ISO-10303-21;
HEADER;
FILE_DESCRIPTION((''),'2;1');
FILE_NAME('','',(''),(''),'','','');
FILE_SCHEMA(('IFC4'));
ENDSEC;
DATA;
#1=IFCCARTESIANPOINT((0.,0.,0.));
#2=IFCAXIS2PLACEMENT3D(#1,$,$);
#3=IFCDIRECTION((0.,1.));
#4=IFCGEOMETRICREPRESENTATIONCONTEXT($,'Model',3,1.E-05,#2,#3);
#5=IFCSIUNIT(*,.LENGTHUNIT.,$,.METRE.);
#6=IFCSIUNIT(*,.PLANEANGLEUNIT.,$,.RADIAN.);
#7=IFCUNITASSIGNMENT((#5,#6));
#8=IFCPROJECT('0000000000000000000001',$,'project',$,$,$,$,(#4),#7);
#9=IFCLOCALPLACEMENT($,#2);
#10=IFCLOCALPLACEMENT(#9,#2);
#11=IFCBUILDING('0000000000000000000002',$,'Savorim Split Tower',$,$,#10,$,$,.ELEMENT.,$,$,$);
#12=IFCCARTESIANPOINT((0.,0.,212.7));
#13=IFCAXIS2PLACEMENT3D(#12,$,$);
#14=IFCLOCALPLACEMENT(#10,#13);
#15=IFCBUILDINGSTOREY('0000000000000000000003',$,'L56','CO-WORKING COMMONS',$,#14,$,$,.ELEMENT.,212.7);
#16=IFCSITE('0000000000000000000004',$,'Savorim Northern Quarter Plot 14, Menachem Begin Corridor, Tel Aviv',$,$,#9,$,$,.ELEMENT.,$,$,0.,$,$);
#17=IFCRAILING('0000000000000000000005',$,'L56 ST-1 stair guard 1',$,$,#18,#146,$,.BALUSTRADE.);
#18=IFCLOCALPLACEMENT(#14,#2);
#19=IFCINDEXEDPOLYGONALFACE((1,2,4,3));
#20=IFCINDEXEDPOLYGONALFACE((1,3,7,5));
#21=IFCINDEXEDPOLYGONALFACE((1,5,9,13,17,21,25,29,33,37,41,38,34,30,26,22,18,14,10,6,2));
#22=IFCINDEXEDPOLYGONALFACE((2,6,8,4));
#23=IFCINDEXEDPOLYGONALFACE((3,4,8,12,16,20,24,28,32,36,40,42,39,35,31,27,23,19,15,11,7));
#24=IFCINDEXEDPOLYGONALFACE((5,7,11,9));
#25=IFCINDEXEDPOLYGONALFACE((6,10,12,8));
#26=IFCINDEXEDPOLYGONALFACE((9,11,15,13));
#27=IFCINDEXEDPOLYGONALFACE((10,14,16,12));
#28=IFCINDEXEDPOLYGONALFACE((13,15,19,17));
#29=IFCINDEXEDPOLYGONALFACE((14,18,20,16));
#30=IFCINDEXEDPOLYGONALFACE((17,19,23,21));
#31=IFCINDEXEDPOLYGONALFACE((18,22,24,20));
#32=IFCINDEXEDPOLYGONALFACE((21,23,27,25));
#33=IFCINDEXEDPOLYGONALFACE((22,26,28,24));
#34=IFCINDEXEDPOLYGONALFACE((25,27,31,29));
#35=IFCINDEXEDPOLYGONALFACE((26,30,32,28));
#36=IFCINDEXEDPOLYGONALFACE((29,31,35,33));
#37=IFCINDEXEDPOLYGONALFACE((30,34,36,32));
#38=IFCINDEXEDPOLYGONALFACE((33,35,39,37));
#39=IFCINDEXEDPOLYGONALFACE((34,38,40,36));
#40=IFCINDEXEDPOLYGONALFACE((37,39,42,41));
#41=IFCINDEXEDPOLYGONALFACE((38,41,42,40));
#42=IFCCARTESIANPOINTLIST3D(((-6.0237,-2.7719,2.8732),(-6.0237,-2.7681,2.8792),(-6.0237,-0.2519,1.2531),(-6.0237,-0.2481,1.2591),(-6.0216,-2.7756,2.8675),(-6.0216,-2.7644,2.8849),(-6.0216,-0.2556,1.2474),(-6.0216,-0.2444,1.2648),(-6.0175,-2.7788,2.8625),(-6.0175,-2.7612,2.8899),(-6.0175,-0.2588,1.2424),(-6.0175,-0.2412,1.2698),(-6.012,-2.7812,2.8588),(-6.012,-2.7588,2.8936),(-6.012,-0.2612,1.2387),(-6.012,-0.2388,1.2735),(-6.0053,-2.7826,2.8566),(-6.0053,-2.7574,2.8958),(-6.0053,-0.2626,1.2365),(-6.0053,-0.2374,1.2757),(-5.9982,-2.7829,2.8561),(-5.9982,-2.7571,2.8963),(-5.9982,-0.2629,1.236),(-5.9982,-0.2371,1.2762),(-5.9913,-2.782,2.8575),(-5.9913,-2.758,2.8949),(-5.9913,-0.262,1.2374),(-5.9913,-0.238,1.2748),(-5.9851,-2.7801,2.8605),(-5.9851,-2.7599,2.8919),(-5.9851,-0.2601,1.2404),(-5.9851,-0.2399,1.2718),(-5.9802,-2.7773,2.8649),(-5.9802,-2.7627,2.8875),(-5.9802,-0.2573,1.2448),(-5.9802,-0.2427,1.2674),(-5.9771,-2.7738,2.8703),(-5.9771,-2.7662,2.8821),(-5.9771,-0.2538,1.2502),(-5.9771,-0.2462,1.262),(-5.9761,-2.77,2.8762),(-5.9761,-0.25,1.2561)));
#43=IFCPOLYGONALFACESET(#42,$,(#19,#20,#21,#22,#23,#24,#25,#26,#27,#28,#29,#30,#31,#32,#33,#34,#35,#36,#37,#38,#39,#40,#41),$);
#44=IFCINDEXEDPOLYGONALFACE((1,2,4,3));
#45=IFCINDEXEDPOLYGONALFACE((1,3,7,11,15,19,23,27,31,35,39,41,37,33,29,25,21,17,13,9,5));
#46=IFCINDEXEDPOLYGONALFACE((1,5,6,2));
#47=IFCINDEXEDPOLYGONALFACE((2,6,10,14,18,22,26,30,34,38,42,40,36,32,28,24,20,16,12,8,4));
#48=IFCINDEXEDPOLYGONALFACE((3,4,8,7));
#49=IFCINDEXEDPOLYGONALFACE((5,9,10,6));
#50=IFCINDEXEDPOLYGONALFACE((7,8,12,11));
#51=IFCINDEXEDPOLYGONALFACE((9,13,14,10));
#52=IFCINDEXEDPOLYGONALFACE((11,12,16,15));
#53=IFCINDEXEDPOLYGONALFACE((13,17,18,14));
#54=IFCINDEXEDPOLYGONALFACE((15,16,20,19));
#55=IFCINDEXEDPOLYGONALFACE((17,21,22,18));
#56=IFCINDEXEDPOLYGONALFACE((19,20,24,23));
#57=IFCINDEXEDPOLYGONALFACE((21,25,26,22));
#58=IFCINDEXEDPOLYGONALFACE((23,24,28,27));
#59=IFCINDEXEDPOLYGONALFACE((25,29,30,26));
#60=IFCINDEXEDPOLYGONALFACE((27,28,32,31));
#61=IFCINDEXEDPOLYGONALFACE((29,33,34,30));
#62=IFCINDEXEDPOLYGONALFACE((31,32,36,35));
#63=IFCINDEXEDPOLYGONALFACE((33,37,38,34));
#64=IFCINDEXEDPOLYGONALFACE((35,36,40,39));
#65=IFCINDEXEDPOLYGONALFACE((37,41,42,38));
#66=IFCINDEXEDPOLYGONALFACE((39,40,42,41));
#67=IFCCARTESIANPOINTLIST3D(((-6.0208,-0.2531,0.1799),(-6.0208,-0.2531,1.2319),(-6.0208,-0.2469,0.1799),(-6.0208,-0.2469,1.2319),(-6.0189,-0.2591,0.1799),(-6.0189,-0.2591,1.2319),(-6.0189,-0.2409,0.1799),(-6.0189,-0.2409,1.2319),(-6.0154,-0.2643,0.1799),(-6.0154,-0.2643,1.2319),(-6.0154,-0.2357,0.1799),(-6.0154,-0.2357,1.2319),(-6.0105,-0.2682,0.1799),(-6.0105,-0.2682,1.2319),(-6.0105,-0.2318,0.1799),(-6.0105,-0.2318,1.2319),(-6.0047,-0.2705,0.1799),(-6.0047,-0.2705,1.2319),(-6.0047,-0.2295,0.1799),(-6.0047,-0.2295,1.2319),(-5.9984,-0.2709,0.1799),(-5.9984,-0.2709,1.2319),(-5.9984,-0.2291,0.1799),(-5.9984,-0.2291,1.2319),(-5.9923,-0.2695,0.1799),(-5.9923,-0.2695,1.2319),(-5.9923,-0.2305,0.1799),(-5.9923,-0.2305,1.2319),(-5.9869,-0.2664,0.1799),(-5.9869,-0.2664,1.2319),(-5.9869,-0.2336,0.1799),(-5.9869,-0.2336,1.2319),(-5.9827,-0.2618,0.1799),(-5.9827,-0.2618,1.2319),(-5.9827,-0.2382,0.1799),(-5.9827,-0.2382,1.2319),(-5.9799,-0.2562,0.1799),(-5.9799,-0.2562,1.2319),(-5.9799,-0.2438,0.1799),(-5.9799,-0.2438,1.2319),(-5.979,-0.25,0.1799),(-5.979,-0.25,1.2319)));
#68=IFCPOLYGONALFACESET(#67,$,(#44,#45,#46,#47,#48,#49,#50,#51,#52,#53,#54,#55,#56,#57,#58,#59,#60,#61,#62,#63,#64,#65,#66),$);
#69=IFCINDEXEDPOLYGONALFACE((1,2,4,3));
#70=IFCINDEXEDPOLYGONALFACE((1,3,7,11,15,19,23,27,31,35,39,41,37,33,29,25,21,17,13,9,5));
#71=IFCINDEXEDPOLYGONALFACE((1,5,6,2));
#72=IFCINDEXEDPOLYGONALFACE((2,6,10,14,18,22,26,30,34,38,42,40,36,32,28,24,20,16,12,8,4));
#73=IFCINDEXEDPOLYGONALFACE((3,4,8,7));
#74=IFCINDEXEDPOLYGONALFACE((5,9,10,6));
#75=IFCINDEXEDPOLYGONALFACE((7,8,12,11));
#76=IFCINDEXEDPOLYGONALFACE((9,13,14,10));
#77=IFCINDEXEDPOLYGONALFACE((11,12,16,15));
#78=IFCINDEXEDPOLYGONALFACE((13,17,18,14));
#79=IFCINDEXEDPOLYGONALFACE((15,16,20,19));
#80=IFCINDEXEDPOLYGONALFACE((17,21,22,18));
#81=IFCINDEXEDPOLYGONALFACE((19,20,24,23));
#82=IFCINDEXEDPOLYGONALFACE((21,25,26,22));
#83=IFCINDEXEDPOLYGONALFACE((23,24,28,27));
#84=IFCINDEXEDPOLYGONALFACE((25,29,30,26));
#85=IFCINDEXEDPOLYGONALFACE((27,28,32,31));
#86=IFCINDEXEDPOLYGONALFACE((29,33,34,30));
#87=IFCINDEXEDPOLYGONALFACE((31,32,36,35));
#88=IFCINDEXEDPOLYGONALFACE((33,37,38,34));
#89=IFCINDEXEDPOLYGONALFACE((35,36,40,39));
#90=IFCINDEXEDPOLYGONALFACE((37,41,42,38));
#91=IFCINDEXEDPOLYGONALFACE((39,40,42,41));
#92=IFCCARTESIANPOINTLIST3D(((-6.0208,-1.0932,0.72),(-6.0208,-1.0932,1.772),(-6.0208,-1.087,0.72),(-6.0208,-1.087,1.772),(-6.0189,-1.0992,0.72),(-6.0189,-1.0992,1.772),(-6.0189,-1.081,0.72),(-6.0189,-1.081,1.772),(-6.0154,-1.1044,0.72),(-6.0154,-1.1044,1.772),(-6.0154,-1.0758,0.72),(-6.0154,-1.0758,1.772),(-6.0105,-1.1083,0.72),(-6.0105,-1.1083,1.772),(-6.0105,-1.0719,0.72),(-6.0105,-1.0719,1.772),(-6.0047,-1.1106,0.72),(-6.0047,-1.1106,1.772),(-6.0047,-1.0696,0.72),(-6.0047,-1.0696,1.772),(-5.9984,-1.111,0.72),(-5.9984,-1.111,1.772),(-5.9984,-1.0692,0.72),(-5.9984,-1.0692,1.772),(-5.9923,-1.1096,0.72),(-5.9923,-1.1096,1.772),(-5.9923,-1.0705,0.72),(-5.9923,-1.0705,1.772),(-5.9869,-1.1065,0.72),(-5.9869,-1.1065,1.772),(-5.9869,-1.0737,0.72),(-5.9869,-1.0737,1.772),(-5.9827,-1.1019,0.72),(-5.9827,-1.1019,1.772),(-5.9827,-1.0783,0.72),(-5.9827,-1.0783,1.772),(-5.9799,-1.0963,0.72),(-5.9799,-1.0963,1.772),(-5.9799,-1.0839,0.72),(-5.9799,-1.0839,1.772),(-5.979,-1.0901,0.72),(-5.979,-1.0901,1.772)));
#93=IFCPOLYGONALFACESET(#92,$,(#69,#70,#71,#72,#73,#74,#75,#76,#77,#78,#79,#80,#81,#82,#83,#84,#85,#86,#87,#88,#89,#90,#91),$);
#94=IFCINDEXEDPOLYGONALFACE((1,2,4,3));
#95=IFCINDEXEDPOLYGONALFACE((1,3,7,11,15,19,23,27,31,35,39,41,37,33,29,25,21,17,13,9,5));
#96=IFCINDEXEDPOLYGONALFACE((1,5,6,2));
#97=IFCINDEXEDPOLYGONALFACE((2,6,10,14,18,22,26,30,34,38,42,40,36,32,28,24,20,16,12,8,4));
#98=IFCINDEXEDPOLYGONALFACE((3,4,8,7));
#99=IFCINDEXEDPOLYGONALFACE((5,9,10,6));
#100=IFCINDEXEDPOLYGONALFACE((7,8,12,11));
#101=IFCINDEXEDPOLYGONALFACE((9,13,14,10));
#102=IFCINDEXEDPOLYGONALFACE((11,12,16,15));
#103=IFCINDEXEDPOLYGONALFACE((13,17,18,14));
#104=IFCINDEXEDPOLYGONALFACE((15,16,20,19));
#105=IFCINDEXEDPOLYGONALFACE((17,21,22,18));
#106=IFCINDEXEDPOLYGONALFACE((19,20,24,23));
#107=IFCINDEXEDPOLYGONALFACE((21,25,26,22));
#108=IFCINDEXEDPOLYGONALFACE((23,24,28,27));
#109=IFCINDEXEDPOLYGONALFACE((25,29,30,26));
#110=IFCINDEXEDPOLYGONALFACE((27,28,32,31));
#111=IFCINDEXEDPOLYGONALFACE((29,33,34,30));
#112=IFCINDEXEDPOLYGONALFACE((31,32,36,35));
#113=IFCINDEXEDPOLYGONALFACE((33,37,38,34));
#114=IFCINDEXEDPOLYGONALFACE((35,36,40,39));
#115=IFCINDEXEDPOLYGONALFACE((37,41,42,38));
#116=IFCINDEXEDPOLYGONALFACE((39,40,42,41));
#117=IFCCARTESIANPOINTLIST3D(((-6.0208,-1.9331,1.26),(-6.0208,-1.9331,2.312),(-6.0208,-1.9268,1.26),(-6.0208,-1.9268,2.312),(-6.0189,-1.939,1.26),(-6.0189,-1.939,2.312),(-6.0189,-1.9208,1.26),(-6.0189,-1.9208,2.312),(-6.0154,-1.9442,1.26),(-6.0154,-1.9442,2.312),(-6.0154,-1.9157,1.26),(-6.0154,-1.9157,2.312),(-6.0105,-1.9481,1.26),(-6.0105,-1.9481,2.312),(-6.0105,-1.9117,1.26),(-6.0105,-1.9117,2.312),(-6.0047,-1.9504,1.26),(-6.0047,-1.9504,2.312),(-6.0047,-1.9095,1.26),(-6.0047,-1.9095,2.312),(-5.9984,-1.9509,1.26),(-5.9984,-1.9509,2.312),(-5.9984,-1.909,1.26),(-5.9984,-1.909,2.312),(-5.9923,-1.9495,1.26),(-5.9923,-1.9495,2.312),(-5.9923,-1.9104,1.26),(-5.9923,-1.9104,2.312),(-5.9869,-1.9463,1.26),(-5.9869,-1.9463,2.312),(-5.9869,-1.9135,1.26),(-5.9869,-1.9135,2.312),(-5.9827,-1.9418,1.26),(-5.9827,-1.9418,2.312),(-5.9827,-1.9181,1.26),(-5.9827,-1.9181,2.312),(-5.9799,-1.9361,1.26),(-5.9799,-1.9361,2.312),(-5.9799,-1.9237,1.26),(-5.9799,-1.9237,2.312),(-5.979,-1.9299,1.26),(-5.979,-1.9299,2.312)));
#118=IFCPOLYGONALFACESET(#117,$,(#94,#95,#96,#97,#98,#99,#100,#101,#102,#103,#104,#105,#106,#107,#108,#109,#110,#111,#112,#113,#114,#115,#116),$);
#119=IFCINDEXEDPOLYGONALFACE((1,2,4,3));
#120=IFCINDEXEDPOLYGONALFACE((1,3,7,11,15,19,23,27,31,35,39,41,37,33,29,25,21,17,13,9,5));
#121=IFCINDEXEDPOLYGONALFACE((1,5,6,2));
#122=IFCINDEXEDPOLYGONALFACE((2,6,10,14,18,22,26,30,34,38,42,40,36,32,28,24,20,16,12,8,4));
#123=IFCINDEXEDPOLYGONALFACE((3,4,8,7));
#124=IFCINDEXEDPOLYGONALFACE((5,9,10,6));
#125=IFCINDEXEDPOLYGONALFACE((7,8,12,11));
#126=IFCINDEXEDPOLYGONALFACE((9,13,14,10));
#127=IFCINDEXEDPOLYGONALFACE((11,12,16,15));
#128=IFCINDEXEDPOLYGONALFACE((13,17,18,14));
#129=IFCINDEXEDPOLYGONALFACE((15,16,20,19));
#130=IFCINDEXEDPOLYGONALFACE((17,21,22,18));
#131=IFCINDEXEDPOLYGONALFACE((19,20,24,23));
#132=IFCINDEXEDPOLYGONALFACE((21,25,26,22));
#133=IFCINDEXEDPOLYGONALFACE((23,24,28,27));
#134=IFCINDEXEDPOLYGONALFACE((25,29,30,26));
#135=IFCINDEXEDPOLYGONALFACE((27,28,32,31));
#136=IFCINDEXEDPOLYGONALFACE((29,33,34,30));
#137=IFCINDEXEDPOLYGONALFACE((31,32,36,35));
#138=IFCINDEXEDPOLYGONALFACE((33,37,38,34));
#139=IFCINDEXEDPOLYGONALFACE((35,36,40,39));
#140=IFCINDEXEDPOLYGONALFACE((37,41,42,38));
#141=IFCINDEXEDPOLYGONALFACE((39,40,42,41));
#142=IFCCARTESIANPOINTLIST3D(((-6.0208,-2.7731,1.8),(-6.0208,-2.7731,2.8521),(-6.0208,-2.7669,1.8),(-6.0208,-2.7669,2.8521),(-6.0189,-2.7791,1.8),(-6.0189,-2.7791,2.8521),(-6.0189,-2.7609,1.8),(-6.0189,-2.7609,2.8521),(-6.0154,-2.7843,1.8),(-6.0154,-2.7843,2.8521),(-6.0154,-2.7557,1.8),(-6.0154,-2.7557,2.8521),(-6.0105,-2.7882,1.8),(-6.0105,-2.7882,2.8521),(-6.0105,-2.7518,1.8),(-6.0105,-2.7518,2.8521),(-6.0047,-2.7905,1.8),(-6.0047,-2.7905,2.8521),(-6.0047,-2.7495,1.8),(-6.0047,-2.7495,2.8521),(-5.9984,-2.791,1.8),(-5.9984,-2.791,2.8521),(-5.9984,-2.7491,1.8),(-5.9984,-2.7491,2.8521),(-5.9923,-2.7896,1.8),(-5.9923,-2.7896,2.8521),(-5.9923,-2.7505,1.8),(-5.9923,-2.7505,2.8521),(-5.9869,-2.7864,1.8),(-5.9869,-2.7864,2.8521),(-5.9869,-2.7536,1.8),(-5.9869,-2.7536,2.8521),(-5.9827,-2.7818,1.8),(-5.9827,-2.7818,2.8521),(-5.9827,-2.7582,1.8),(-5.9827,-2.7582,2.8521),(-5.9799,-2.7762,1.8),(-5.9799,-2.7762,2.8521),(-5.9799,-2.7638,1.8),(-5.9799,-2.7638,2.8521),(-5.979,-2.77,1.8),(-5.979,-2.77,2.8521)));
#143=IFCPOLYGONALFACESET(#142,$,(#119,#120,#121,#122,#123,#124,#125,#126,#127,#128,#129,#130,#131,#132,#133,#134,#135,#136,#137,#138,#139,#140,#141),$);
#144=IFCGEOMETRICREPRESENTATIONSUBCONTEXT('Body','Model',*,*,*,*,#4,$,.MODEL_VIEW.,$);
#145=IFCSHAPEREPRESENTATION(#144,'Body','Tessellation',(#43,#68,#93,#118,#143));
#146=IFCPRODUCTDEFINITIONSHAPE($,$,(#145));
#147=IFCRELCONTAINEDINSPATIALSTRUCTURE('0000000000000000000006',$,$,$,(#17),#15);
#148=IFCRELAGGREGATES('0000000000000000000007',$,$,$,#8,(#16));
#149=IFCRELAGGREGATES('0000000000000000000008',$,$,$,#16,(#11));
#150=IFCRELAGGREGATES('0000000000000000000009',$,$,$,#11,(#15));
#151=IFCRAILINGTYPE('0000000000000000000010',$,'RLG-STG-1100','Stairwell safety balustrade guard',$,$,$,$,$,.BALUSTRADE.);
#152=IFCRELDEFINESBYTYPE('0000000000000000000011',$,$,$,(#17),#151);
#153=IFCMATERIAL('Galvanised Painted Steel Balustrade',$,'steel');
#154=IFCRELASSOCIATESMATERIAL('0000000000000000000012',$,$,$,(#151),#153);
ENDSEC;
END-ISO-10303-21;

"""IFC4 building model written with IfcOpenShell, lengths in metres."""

from ifc_helpers import new_model, si_unit, direction, frame, origin, origin_2d, place, context, subcontext, project, spatial, circle, extrude, material, type_object, element, save


model = new_model("IFC4")

# Units and contexts
model_context = context("Model", 3, precision=1e-05, world=origin(), true_north=direction((0.0, 1.0)))
body_context = subcontext(model_context, "Body", "Model", "MODEL_VIEW")
ifc_project = project(units=[si_unit("LENGTHUNIT", "METRE"), si_unit("PLANEANGLEUNIT", "RADIAN")], contexts=[model_context])

# Site, building, storey
site_placement = place(None, origin())
site = spatial("IfcSite", under=ifc_project, at=site_placement, Name="Savorim Northern Quarter Plot 14, Menachem Begin Corridor, Tel Aviv", CompositionType="ELEMENT", RefElevation=0.0)
building_placement = place(site_placement, origin())
building = spatial("IfcBuilding", under=site, at=building_placement, Name="Savorim Split Tower", CompositionType="ELEMENT")
storey_placement = place(building_placement, frame((0.0, 0.0, 212.7)))
storey = spatial("IfcBuildingStorey", under=building, at=storey_placement, Name="L56", Description="CO-WORKING COMMONS", CompositionType="ELEMENT", Elevation=212.7)

# Railing
ifc_material_1 = material(Name="Galvanised Painted Steel Balustrade", Category="steel")
railing_type_1 = type_object("IfcRailingType", Name="RLG-STG-1100", Description="Stairwell safety balustrade guard", PredefinedType="BALUSTRADE", material=ifc_material_1)
railing_1_placement = place(storey_placement, frame((-6.0, -0.25, 0.1799)))
element("IfcRailing", 1, at=railing_1_placement, inside=storey, type_object=railing_type_1, Name="L56 ST-1 stair guard 1", PredefinedType="BALUSTRADE", context=body_context, shape_type="SweptSolid", body=[
    extrude(circle(Radius=0.0239, at=origin_2d()), frame((0.0, 0.0, 1.0762), z_axis=(0.0, -0.841163, 0.540782), x_axis=(1.0, 0.0, 0.0)), (0.0, 0.0, 1.0), 2.9958),
    extrude(circle(Radius=0.021, at=origin_2d()), origin(), (0.0, 0.0, 1.0), 1.052),
    extrude(circle(Radius=0.021, at=origin_2d()), frame((0.0, -0.8401, 0.54)), (0.0, 0.0, 1.0), 1.052),
    extrude(circle(Radius=0.021, at=origin_2d()), frame((0.0, -1.6799, 1.0801)), (0.0, 0.0, 1.0), 1.052),
    extrude(circle(Radius=0.021, at=origin_2d()), frame((0.0, -2.52, 1.6201)), (0.0, 0.0, 1.0), 1.052),
])

save(model, "model.ifc")
